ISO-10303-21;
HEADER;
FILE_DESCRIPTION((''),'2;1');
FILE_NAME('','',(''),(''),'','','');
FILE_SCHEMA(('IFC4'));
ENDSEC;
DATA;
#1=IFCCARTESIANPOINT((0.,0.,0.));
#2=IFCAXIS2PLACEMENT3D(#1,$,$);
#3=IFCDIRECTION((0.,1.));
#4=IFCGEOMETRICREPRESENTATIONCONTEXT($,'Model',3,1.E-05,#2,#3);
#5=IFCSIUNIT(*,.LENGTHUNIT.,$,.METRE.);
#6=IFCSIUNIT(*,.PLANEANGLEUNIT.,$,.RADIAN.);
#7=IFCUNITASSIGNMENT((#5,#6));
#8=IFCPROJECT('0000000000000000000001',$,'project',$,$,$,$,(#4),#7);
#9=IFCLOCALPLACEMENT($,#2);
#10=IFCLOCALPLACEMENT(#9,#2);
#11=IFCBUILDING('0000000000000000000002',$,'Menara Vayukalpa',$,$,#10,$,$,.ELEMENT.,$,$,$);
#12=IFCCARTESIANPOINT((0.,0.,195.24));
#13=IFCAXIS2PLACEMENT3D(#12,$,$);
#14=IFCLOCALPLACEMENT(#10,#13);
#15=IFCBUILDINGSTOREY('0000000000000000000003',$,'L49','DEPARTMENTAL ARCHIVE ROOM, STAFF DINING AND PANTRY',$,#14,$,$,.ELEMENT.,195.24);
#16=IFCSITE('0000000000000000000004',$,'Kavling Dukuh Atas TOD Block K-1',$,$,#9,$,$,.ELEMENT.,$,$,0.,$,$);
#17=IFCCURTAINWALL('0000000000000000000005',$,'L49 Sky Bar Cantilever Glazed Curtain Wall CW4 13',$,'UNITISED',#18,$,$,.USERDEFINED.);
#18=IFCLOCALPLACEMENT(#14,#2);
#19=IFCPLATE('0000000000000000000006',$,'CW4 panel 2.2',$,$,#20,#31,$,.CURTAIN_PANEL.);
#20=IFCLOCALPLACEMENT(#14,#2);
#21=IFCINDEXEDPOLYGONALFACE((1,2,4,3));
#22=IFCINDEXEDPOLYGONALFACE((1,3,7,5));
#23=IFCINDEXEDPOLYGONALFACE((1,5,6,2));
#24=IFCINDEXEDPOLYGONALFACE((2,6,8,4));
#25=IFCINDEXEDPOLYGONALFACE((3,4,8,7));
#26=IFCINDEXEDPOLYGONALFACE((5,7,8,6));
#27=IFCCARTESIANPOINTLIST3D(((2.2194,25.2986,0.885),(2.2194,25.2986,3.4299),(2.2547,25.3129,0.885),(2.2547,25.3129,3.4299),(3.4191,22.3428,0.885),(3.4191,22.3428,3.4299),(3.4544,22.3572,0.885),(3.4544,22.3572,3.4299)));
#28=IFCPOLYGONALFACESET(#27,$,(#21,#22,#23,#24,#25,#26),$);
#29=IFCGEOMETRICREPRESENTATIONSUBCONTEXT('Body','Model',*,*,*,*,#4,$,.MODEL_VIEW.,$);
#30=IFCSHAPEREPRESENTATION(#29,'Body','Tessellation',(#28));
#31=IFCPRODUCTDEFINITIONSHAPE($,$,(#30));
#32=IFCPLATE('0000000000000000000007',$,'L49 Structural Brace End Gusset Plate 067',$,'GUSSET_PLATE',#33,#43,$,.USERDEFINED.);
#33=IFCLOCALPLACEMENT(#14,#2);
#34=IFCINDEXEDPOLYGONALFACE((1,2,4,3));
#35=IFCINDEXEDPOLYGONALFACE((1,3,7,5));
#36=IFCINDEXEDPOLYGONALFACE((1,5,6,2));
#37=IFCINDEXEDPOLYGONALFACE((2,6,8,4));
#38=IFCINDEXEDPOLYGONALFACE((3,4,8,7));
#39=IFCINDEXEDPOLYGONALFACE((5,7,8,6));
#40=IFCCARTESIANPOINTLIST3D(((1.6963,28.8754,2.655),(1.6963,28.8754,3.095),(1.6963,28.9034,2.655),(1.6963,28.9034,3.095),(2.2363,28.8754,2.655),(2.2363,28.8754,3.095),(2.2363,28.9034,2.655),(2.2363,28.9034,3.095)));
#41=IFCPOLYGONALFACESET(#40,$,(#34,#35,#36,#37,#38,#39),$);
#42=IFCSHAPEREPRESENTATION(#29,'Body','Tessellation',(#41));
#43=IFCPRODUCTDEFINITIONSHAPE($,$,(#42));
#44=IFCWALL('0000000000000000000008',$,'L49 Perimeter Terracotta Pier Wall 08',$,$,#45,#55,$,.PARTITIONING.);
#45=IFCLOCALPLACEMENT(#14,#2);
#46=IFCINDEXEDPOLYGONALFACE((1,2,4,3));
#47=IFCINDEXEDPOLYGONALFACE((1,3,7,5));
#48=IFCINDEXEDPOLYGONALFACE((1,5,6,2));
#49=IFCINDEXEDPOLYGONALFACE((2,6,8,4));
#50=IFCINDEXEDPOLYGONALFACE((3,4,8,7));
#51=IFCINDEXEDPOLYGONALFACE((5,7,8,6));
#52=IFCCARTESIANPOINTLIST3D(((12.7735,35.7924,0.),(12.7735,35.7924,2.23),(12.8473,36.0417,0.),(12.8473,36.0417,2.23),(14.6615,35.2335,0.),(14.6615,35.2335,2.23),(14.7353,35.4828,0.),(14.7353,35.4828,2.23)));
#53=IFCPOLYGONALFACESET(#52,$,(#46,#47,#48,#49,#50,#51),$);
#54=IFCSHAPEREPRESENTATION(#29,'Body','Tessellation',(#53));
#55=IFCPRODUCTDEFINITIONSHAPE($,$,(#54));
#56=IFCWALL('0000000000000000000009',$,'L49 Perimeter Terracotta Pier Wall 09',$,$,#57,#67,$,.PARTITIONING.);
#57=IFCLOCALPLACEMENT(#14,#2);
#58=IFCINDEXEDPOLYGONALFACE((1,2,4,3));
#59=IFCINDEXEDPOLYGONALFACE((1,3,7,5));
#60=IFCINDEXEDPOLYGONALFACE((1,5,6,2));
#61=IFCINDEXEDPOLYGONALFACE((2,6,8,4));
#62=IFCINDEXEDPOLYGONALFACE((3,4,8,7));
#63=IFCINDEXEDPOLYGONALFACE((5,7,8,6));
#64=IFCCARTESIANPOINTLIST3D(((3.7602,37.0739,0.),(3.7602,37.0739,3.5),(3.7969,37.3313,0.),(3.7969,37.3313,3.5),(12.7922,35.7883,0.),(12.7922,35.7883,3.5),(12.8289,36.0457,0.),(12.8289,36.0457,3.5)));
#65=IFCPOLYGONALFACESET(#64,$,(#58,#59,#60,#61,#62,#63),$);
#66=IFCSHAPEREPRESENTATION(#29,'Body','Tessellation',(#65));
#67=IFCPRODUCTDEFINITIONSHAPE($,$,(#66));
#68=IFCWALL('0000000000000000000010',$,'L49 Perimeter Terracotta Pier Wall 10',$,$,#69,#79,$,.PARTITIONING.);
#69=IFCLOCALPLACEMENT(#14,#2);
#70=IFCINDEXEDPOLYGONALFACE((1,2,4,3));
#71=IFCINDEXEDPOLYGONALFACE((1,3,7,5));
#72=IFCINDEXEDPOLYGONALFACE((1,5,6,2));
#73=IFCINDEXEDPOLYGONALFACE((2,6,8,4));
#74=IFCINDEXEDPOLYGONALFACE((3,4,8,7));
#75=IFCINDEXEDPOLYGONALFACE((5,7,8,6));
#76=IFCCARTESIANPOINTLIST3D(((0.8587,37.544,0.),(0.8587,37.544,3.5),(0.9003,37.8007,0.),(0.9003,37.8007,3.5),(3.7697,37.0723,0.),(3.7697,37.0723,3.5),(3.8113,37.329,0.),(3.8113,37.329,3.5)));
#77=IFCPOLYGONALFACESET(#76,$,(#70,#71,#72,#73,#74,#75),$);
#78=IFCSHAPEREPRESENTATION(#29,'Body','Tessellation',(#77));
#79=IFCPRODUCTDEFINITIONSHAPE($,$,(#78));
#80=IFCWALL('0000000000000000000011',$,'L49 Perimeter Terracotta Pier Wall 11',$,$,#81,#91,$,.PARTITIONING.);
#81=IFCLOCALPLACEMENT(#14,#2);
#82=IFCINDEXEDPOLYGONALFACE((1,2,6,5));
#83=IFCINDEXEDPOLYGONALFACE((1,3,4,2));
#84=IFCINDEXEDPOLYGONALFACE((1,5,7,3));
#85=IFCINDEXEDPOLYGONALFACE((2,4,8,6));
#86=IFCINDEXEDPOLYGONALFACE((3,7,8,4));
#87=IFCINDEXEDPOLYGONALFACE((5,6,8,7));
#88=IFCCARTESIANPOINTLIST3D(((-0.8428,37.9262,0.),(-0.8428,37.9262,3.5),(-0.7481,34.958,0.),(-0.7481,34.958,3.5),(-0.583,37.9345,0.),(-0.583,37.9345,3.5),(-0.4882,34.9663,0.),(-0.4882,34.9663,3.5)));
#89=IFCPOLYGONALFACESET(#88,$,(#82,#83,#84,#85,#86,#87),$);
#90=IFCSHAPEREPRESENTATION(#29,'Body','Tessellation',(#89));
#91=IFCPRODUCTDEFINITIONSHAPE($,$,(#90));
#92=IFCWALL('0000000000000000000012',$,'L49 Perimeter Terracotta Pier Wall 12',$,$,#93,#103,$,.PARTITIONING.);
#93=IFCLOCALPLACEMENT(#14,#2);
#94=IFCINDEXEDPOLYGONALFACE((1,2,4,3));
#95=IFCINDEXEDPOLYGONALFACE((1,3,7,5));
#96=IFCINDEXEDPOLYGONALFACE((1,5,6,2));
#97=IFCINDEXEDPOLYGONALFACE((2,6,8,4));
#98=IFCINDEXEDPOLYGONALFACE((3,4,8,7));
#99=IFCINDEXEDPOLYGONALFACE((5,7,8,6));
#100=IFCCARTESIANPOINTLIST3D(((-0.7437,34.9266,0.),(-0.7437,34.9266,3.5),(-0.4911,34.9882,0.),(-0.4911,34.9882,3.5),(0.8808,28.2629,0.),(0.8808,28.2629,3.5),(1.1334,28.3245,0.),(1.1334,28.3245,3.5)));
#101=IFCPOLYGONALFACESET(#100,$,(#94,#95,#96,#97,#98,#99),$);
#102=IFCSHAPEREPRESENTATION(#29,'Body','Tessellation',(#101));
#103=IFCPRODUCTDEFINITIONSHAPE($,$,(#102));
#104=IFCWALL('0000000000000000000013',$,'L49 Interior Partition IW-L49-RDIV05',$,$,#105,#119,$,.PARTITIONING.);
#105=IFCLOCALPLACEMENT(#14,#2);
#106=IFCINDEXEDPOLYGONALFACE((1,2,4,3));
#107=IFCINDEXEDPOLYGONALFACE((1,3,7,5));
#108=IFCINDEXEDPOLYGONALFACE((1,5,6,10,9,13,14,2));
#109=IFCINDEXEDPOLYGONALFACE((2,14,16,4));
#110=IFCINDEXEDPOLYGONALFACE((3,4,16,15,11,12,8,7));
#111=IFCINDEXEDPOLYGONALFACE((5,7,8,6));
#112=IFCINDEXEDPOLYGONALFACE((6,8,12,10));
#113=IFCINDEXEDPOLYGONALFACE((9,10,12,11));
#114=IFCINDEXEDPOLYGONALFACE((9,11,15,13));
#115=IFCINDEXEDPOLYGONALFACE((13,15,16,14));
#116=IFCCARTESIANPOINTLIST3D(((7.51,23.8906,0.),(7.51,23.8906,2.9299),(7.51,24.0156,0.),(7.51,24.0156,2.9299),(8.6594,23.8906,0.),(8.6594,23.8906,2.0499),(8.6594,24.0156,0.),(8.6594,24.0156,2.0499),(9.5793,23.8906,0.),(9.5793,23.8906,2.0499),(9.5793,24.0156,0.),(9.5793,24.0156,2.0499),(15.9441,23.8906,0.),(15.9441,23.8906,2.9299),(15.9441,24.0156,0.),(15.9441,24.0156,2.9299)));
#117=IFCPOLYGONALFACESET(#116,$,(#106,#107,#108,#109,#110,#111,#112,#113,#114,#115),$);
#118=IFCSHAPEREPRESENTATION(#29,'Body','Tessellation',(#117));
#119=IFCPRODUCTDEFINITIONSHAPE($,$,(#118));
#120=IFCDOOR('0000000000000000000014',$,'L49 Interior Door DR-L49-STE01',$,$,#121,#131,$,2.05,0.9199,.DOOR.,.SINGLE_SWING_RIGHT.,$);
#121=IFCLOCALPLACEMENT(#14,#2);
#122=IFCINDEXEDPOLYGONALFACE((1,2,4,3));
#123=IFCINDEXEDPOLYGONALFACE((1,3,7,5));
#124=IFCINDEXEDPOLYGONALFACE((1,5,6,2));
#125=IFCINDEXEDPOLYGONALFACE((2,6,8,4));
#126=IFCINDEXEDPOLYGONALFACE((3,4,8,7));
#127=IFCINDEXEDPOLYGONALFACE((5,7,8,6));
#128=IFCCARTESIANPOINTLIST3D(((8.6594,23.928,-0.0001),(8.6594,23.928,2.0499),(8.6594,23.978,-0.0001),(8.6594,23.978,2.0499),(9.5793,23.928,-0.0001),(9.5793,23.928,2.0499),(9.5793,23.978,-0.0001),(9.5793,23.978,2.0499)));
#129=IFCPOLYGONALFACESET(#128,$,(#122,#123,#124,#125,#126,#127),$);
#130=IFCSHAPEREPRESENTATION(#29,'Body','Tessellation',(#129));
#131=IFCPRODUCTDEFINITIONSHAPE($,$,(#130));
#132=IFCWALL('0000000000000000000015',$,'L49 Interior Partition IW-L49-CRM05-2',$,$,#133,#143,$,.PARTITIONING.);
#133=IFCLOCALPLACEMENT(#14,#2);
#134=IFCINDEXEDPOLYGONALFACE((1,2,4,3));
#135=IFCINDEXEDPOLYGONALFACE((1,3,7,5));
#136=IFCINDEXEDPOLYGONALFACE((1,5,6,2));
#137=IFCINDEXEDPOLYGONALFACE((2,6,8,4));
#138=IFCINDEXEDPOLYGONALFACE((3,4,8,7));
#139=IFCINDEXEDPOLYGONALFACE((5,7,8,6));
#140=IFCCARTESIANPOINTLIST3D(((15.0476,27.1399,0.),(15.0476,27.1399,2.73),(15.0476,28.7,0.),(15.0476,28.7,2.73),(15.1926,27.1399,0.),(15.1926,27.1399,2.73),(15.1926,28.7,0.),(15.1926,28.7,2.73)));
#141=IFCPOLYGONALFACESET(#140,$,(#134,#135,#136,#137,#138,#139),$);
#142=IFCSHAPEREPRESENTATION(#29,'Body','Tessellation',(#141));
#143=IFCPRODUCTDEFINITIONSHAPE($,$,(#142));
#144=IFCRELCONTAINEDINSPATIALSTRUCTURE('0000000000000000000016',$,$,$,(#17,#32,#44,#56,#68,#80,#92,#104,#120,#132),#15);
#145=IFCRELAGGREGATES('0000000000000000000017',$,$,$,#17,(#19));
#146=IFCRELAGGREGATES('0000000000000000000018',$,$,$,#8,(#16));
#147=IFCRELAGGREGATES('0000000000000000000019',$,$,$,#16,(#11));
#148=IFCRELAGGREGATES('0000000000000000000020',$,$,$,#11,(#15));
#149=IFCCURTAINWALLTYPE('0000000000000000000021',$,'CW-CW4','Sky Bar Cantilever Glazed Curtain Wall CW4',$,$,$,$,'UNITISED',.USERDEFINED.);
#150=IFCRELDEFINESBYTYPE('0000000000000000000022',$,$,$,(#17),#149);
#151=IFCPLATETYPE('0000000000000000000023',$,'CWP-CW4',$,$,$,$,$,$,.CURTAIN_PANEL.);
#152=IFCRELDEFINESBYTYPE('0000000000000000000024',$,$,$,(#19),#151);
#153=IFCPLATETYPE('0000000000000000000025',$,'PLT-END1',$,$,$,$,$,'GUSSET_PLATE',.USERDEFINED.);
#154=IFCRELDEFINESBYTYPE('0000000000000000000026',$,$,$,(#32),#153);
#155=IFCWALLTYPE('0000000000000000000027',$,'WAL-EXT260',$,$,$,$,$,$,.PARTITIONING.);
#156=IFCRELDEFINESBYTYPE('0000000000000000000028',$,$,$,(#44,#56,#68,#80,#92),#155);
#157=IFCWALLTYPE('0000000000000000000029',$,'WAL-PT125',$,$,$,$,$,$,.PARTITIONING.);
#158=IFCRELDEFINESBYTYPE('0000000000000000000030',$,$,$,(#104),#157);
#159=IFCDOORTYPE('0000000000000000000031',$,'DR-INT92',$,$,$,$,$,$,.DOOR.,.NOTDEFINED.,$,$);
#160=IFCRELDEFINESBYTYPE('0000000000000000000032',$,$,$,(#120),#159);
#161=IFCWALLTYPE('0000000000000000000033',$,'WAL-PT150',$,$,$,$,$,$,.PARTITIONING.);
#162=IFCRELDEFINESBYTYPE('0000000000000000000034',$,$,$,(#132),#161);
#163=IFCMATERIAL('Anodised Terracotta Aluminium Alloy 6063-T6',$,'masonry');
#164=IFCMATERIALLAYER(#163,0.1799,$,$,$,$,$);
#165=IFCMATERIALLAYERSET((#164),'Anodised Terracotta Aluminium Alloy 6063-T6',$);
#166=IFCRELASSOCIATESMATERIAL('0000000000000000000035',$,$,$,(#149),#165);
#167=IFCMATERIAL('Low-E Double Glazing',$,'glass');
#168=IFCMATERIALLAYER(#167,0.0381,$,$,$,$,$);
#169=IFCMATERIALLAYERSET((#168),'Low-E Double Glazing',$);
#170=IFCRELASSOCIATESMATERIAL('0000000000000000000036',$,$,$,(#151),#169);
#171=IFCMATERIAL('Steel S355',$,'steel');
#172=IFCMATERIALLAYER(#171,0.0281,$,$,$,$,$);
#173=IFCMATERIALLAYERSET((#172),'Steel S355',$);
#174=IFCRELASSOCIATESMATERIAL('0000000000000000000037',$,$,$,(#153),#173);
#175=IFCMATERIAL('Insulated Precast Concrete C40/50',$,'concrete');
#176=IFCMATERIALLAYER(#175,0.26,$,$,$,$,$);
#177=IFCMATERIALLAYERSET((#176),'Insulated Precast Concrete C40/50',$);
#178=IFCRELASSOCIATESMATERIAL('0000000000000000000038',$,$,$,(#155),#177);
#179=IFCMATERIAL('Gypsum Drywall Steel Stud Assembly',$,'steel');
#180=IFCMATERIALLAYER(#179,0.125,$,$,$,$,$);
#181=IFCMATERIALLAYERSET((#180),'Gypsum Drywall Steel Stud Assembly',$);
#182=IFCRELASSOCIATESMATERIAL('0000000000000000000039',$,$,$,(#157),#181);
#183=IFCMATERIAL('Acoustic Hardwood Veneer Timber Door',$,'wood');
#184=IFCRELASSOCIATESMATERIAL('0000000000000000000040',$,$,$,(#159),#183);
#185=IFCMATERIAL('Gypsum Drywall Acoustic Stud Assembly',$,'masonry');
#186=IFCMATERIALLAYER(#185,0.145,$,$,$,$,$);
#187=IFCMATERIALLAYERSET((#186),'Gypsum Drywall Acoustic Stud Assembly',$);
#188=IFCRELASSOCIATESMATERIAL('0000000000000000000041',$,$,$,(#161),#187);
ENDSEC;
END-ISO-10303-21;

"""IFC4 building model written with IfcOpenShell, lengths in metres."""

from ifc_helpers import new_model, si_unit, direction, frame, frame_2d, origin, origin_2d, place, context, subcontext, project, spatial, rectangle, extrude, material, layer, layer_set, type_object, element, fill, aggregate, save


model = new_model("IFC4")

# Units and contexts
model_context = context("Model", 3, precision=1e-05, world=origin(), true_north=direction((0.0, 1.0)))
body_context = subcontext(model_context, "Body", "Model", "MODEL_VIEW")
ifc_project = project(units=[si_unit("LENGTHUNIT", "METRE"), si_unit("PLANEANGLEUNIT", "RADIAN")], contexts=[model_context])

# Site, building, storey
site_placement = place(None, origin())
site = spatial("IfcSite", under=ifc_project, at=site_placement, Name="Kavling Dukuh Atas TOD Block K-1", CompositionType="ELEMENT", RefElevation=0.0)
building_placement = place(site_placement, origin())
building = spatial("IfcBuilding", under=site, at=building_placement, Name="Menara Vayukalpa", CompositionType="ELEMENT")
storey_placement = place(building_placement, frame((0.0, 0.0, 195.24)))
storey = spatial("IfcBuildingStorey", under=building, at=storey_placement, Name="L49", Description="DEPARTMENTAL ARCHIVE ROOM, STAFF DINING AND PANTRY", CompositionType="ELEMENT", Elevation=195.24)

# Curtain wall, plate
ifc_material_1 = material(Name="Anodised Terracotta Aluminium Alloy 6063-T6", Category="masonry")
ifc_layer_1 = layer(ifc_material_1, 0.1799)
ifc_layer_set_1 = layer_set([ifc_layer_1], Name="Anodised Terracotta Aluminium Alloy 6063-T6")
curtain_wall_type = type_object("IfcCurtainWallType", Name="CW-CW4", Description="Sky Bar Cantilever Glazed Curtain Wall CW4", ElementType="UNITISED", PredefinedType="USERDEFINED", material=ifc_layer_set_1)
curtain_wall_placement = place(storey_placement, origin())
curtain_wall = element("IfcCurtainWall", 1, at=curtain_wall_placement, inside=storey, type_object=curtain_wall_type, Name="L49 Sky Bar Cantilever Glazed Curtain Wall CW4 13", ObjectType="UNITISED", PredefinedType="USERDEFINED")
ifc_material_2 = material(Name="Low-E Double Glazing", Category="glass")
ifc_layer_2 = layer(ifc_material_2, 0.0381)
ifc_layer_set_2 = layer_set([ifc_layer_2], Name="Low-E Double Glazing")
plate_type_1 = type_object("IfcPlateType", Name="CWP-CW4", PredefinedType="CURTAIN_PANEL", material=ifc_layer_set_2)
plate_1_placement = place(storey_placement, frame((2.8369, 23.8279, 0.885), z_axis=(0.0, 0.0, 1.0), x_axis=(0.376092, -0.926582, 0.0)))
plate_1 = element("IfcPlate", 2, at=plate_1_placement, type_object=plate_type_1, Name="CW4 panel 2.2", PredefinedType="CURTAIN_PANEL", context=body_context, shape_type="SweptSolid", body=[
    extrude(rectangle(XDim=3.1899, YDim=0.0381, at=origin_2d()), origin(), (0.0, 0.0, 1.0), 2.5449),
])
aggregate(curtain_wall, [plate_1])

# Plate
ifc_material_3 = material(Name="Steel S355", Category="steel")
ifc_layer_3 = layer(ifc_material_3, 0.0281)
ifc_layer_set_3 = layer_set([ifc_layer_3], Name="Steel S355")
plate_type_2 = type_object("IfcPlateType", Name="PLT-END1", ElementType="GUSSET_PLATE", PredefinedType="USERDEFINED", material=ifc_layer_set_3)
plate_2_placement = place(storey_placement, frame((1.9663, 28.8894, 2.655), z_axis=(0.0, 0.0, 1.0), x_axis=(1.0, 0.0, 0.0)))
element("IfcPlate", 3, at=plate_2_placement, inside=storey, type_object=plate_type_2, Name="L49 Structural Brace End Gusset Plate 067", ObjectType="GUSSET_PLATE", PredefinedType="USERDEFINED", context=body_context, shape_type="SweptSolid", body=[
    extrude(rectangle(XDim=0.54, YDim=0.0281, at=origin_2d()), origin(), (0.0, 0.0, 1.0), 0.4399),
])

# Walls
ifc_material_4 = material(Name="Insulated Precast Concrete C40/50", Category="concrete")
ifc_layer_4 = layer(ifc_material_4, 0.26)
ifc_layer_set_4 = layer_set([ifc_layer_4], Name="Insulated Precast Concrete C40/50")
wall_type_1 = type_object("IfcWallType", Name="WAL-EXT260", PredefinedType="PARTITIONING", material=ifc_layer_set_4)
wall_1_placement = place(storey_placement, frame((12.8105, 35.917, 0.0), z_axis=(0.0, 0.0, 1.0), x_axis=(0.958874, -0.283831, 0.0)))
element("IfcWall", 4, at=wall_1_placement, inside=storey, type_object=wall_type_1, Name="L49 Perimeter Terracotta Pier Wall 08", PredefinedType="PARTITIONING", context=body_context, shape_type="SweptSolid", body=[
    extrude(rectangle(XDim=1.969, YDim=0.26, at=frame_2d((0.9844, 0.0))), origin(), (0.0, 0.0, 1.0), 2.23),
])
wall_2_placement = place(storey_placement, frame((3.7786, 37.2026, 0.0), z_axis=(0.0, 0.0, 1.0), x_axis=(0.990021, -0.140923, 0.0)))
element("IfcWall", 5, at=wall_2_placement, inside=storey, type_object=wall_type_1, Name="L49 Perimeter Terracotta Pier Wall 09", PredefinedType="PARTITIONING", context=body_context, shape_type="SweptSolid", body=[
    extrude(rectangle(XDim=9.123, YDim=0.26, at=frame_2d((4.5615, 0.0))), origin(), (0.0, 0.0, 1.0), 3.5),
])
wall_3_placement = place(storey_placement, frame((0.8794, 37.6724, 0.0), z_axis=(0.0, 0.0, 1.0), x_axis=(0.987125, -0.159953, 0.0)))
element("IfcWall", 6, at=wall_3_placement, inside=storey, type_object=wall_type_1, Name="L49 Perimeter Terracotta Pier Wall 10", PredefinedType="PARTITIONING", context=body_context, shape_type="SweptSolid", body=[
    extrude(rectangle(XDim=2.949, YDim=0.26, at=frame_2d((1.4746, 0.0))), origin(), (0.0, 0.0, 1.0), 3.5),
])
wall_4_placement = place(storey_placement, frame((-0.6182, 34.9622, 0.0), z_axis=(0.0, 0.0, 1.0), x_axis=(-0.031897, 0.999491, 0.0)))
element("IfcWall", 7, at=wall_4_placement, inside=storey, type_object=wall_type_1, Name="L49 Perimeter Terracotta Pier Wall 11", PredefinedType="PARTITIONING", context=body_context, shape_type="SweptSolid", body=[
    extrude(rectangle(XDim=2.9697, YDim=0.26, at=frame_2d((1.4849, 0.0))), origin(), (0.0, 0.0, 1.0), 3.5),
])
wall_5_placement = place(storey_placement, frame((1.0071, 28.2937, 0.0), z_axis=(0.0, 0.0, 1.0), x_axis=(-0.236845, 0.971548, 0.0)))
element("IfcWall", 8, at=wall_5_placement, inside=storey, type_object=wall_type_1, Name="L49 Perimeter Terracotta Pier Wall 12", PredefinedType="PARTITIONING", context=body_context, shape_type="SweptSolid", body=[
    extrude(rectangle(XDim=6.8589, YDim=0.26, at=frame_2d((3.4294, 0.0))), origin(), (0.0, 0.0, 1.0), 3.5),
])

# Wall, opening, door
ifc_material_5 = material(Name="Gypsum Drywall Steel Stud Assembly", Category="steel")
ifc_layer_5 = layer(ifc_material_5, 0.125)
ifc_layer_set_5 = layer_set([ifc_layer_5], Name="Gypsum Drywall Steel Stud Assembly")
wall_type_2 = type_object("IfcWallType", Name="WAL-PT125", PredefinedType="PARTITIONING", material=ifc_layer_set_5)
wall_6_placement = place(storey_placement, frame((7.51, 23.9531, 0.0), z_axis=(0.0, 0.0, 1.0), x_axis=(1.0, 0.0, 0.0)))
wall_6 = element("IfcWall", 9, at=wall_6_placement, inside=storey, type_object=wall_type_2, Name="L49 Interior Partition IW-L49-RDIV05", PredefinedType="PARTITIONING", context=body_context, shape_type="SweptSolid", body=[
    extrude(rectangle(XDim=8.4341, YDim=0.125, at=frame_2d((4.217, 0.0))), origin(), (0.0, 0.0, 1.0), 2.9299),
])
opening_placement = place(wall_6_placement, frame((1.1494, 0.0, 0.0)))
opening = element("IfcOpeningElement", 10, at=opening_placement, cuts=wall_6, PredefinedType="OPENING", context=body_context, shape_type="SweptSolid", body=[
    extrude(rectangle(XDim=0.9199, YDim=2.05, at=frame_2d((0.46, 1.0249))), frame((0.0, 0.0725, 0.0), z_axis=(0.0, -1.0, 0.0), x_axis=(1.0, 0.0, 0.0)), (0.0, 0.0, 1.0), 0.145),
])
ifc_material_6 = material(Name="Acoustic Hardwood Veneer Timber Door", Category="wood")
door_type = type_object("IfcDoorType", Name="DR-INT92", OperationType="NOTDEFINED", PredefinedType="DOOR", material=ifc_material_6)
door_placement = place(opening_placement, origin())
door = element("IfcDoor", 11, at=door_placement, inside=storey, type_object=door_type, Name="L49 Interior Door DR-L49-STE01", OperationType="SINGLE_SWING_RIGHT", OverallHeight=2.05, OverallWidth=0.9199, PredefinedType="DOOR", context=body_context, shape_type="SweptSolid", body=[
    extrude(rectangle(XDim=0.9199, YDim=2.05, at=frame_2d((0.46, 1.0249))), frame((0.0, 0.0249, 0.0), z_axis=(0.0, -1.0, 0.0), x_axis=(1.0, 0.0, 0.0)), (0.0, 0.0, 1.0), 0.05),
])
fill(opening, door)

# Wall
ifc_material_7 = material(Name="Gypsum Drywall Acoustic Stud Assembly", Category="masonry")
ifc_layer_6 = layer(ifc_material_7, 0.145)
ifc_layer_set_6 = layer_set([ifc_layer_6], Name="Gypsum Drywall Acoustic Stud Assembly")
wall_type_3 = type_object("IfcWallType", Name="WAL-PT150", PredefinedType="PARTITIONING", material=ifc_layer_set_6)
wall_7_placement = place(storey_placement, frame((15.1201, 28.7, 0.0), z_axis=(0.0, 0.0, 1.0), x_axis=(0.0, -1.0, 0.0)))
element("IfcWall", 12, at=wall_7_placement, inside=storey, type_object=wall_type_3, Name="L49 Interior Partition IW-L49-CRM05-2", PredefinedType="PARTITIONING", context=body_context, shape_type="SweptSolid", body=[
    extrude(rectangle(XDim=1.5601, YDim=0.145, at=frame_2d((0.78, 0.0))), origin(), (0.0, 0.0, 1.0), 2.73),
])

save(model, "model.ifc")
